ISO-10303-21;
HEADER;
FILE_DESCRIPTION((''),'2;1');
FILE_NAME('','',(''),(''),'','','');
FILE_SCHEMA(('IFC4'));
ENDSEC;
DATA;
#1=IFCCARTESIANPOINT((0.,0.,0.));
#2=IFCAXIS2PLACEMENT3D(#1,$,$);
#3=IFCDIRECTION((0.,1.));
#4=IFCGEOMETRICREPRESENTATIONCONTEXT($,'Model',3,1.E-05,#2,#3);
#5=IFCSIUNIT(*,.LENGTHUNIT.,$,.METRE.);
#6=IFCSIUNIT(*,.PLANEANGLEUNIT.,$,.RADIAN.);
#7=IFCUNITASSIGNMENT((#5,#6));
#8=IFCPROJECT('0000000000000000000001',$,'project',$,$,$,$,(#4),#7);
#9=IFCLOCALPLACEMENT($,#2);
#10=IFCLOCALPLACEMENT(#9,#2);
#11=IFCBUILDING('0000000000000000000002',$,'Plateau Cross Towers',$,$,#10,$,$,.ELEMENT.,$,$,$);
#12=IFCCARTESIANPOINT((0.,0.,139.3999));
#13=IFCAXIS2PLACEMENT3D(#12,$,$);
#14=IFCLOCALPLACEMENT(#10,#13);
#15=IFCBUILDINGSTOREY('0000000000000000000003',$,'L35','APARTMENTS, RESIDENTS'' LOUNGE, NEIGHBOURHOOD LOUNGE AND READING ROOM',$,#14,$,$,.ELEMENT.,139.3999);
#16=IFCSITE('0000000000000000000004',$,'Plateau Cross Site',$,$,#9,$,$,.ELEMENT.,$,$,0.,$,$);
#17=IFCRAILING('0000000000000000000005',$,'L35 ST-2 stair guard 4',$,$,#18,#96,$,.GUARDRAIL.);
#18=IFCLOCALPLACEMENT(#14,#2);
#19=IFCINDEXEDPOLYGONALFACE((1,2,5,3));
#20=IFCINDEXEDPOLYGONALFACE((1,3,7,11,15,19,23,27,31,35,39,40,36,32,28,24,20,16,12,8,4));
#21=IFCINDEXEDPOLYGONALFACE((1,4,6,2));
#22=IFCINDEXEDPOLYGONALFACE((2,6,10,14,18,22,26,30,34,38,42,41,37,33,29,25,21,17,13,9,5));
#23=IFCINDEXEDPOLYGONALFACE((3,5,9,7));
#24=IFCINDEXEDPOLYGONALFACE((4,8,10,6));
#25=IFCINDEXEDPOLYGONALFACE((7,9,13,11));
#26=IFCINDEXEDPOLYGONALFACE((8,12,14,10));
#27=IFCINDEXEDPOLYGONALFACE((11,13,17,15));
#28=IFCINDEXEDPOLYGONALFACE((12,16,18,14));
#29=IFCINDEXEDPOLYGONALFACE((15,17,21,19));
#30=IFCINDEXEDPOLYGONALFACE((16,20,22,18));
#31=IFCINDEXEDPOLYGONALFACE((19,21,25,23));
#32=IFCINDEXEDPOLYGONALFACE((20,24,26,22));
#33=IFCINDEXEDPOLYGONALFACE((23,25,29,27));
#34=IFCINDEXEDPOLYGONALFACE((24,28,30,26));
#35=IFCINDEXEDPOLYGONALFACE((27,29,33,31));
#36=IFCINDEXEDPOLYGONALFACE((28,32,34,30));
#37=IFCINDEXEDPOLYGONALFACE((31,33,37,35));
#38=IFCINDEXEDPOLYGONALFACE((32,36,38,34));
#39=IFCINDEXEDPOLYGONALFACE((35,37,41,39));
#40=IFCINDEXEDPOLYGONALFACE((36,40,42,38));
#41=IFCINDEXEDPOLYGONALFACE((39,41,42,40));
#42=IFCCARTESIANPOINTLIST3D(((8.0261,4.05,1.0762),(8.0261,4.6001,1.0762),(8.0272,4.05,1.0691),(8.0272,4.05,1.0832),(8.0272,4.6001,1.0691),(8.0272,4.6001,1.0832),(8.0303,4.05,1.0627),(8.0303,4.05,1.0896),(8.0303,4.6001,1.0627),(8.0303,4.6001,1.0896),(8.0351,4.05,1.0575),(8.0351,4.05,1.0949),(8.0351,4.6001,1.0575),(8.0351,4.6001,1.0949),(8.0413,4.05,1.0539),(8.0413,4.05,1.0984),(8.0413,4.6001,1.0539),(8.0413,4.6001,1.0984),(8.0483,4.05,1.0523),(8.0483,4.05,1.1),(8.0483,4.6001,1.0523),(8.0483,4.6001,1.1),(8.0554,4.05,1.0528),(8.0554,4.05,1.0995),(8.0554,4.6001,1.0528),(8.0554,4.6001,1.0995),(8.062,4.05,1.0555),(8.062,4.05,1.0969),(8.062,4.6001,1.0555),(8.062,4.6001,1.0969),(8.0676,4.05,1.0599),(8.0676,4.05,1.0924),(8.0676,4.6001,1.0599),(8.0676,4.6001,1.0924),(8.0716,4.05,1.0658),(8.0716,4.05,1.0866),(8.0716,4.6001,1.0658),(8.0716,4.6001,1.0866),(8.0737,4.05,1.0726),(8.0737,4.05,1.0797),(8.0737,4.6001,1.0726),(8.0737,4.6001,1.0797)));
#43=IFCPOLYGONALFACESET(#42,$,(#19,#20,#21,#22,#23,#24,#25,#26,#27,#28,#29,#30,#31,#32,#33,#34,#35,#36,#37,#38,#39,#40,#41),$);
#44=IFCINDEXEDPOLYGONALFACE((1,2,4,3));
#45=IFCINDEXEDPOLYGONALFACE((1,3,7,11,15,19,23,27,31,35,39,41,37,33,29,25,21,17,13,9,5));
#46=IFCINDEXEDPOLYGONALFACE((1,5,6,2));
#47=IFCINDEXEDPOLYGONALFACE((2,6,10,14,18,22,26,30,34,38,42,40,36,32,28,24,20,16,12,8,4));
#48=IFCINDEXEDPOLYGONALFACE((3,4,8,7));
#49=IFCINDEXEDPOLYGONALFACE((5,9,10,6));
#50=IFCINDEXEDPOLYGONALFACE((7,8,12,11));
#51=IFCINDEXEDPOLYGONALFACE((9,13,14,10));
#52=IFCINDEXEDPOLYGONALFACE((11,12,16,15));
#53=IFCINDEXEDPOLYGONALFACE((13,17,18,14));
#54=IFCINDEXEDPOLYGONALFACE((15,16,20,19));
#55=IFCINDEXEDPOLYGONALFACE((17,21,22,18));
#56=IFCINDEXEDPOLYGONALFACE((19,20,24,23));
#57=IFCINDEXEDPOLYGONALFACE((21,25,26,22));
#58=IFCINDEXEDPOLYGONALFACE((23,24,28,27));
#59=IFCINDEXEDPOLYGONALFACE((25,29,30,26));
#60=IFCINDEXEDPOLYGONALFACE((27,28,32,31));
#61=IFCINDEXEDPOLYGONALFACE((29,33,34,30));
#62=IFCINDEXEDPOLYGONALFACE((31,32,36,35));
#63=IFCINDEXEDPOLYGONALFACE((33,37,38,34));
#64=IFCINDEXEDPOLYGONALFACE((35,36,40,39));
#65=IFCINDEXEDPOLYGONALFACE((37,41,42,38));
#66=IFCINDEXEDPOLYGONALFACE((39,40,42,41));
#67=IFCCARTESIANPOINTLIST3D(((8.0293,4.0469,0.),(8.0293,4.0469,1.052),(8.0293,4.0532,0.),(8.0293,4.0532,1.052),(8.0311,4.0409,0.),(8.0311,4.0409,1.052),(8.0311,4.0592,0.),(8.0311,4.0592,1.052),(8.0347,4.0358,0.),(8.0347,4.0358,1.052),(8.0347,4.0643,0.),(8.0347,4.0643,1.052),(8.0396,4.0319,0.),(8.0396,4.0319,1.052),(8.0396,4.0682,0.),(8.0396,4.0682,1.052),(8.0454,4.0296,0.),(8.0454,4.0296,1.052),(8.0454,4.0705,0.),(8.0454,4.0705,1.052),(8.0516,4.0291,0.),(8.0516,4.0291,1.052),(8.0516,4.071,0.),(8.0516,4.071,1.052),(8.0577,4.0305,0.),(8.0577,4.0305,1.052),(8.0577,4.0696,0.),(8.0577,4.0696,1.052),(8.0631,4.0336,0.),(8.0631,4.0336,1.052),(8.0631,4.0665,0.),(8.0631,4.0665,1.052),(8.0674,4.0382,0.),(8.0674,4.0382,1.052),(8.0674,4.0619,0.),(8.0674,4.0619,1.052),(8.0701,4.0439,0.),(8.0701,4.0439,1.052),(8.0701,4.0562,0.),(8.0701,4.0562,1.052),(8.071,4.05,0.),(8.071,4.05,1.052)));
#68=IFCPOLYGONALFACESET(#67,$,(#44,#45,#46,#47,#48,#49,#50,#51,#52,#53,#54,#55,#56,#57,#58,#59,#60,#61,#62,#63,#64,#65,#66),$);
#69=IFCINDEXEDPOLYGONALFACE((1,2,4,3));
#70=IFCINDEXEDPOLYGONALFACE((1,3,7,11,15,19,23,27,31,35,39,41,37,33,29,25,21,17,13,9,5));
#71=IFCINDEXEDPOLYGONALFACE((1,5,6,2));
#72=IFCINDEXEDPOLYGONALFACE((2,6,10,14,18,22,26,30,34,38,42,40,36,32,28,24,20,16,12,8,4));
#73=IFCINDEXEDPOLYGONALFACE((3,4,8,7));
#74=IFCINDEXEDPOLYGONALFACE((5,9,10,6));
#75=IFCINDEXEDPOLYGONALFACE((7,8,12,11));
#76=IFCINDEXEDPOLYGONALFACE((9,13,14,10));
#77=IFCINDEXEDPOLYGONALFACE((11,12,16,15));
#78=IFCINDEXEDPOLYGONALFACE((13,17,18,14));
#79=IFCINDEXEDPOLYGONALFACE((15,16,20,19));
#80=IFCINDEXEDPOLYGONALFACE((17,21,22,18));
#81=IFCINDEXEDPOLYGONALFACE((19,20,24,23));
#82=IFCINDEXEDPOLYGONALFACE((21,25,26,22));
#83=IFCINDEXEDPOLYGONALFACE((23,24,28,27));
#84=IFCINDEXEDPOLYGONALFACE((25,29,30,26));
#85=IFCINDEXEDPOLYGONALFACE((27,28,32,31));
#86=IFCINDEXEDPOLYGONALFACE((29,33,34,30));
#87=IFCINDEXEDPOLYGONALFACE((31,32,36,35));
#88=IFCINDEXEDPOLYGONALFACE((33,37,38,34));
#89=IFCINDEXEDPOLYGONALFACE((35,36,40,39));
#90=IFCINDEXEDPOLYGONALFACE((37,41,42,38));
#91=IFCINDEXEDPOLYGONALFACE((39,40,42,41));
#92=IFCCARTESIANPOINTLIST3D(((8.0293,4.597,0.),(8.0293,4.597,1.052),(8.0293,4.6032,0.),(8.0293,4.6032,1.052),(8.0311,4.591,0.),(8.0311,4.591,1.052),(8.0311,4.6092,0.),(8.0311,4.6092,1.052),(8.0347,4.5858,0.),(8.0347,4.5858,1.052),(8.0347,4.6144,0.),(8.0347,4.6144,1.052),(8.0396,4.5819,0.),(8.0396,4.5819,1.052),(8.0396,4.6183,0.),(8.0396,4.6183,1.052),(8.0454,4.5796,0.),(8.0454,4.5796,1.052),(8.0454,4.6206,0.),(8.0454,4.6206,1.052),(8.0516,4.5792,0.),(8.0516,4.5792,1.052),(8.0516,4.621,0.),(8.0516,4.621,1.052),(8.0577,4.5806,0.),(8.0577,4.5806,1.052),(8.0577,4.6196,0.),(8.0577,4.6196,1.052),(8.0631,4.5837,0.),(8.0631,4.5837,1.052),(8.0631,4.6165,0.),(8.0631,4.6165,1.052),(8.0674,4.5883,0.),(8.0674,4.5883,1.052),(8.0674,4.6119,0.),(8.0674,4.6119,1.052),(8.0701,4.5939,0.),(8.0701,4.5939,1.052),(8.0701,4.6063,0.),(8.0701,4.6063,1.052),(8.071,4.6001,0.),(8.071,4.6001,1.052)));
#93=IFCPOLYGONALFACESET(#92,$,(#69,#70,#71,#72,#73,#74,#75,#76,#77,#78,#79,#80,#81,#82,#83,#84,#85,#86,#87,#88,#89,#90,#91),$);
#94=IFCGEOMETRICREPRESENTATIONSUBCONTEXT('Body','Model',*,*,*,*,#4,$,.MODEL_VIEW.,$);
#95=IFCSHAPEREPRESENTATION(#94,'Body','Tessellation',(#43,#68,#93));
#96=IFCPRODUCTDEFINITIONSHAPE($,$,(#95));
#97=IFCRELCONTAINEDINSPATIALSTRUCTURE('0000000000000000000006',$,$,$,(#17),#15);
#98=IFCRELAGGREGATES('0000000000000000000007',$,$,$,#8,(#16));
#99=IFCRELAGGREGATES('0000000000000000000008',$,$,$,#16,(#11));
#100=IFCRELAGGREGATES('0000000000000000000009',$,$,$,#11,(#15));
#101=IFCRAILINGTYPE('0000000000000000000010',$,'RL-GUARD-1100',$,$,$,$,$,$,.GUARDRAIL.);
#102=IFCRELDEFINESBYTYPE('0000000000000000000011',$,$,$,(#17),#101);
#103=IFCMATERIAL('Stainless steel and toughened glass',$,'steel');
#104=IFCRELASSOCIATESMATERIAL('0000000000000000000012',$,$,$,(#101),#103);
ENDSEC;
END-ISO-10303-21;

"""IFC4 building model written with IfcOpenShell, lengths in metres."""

from ifc_helpers import new_model, si_unit, direction, frame, origin, origin_2d, place, context, subcontext, project, spatial, circle, extrude, material, type_object, element, save


model = new_model("IFC4")

# Units and contexts
model_context = context("Model", 3, precision=1e-05, world=origin(), true_north=direction((0.0, 1.0)))
body_context = subcontext(model_context, "Body", "Model", "MODEL_VIEW")
ifc_project = project(units=[si_unit("LENGTHUNIT", "METRE"), si_unit("PLANEANGLEUNIT", "RADIAN")], contexts=[model_context])

# Site, building, storey
site_placement = place(None, origin())
site = spatial("IfcSite", under=ifc_project, at=site_placement, Name="Plateau Cross Site", CompositionType="ELEMENT", RefElevation=0.0)
building_placement = place(site_placement, origin())
building = spatial("IfcBuilding", under=site, at=building_placement, Name="Plateau Cross Towers", CompositionType="ELEMENT")
storey_placement = place(building_placement, frame((0.0, 0.0, 139.3999)))
storey = spatial("IfcBuildingStorey", under=building, at=storey_placement, Name="L35", Description="APARTMENTS, RESIDENTS' LOUNGE, NEIGHBOURHOOD LOUNGE AND READING ROOM", CompositionType="ELEMENT", Elevation=139.3999)

# Railing
ifc_material_1 = material(Name="Stainless steel and toughened glass", Category="steel")
railing_type_1 = type_object("IfcRailingType", Name="RL-GUARD-1100", PredefinedType="GUARDRAIL", material=ifc_material_1)
railing_1_placement = place(storey_placement, frame((8.05, 4.05, 0.0)))
element("IfcRailing", 1, at=railing_1_placement, inside=storey, type_object=railing_type_1, Name="L35 ST-2 stair guard 4", PredefinedType="GUARDRAIL", context=body_context, shape_type="SweptSolid", body=[
    extrude(circle(Radius=0.0239, at=origin_2d()), frame((0.0, 0.0, 1.0762), z_axis=(0.0, 1.0, 0.0), x_axis=(-1.0, 0.0, 0.0)), (0.0, 0.0, 1.0), 0.55),
    extrude(circle(Radius=0.021, at=origin_2d()), origin(), (0.0, 0.0, 1.0), 1.052),
    extrude(circle(Radius=0.021, at=origin_2d()), frame((0.0, 0.55, 0.0)), (0.0, 0.0, 1.0), 1.052),
])

save(model, "model.ifc")
